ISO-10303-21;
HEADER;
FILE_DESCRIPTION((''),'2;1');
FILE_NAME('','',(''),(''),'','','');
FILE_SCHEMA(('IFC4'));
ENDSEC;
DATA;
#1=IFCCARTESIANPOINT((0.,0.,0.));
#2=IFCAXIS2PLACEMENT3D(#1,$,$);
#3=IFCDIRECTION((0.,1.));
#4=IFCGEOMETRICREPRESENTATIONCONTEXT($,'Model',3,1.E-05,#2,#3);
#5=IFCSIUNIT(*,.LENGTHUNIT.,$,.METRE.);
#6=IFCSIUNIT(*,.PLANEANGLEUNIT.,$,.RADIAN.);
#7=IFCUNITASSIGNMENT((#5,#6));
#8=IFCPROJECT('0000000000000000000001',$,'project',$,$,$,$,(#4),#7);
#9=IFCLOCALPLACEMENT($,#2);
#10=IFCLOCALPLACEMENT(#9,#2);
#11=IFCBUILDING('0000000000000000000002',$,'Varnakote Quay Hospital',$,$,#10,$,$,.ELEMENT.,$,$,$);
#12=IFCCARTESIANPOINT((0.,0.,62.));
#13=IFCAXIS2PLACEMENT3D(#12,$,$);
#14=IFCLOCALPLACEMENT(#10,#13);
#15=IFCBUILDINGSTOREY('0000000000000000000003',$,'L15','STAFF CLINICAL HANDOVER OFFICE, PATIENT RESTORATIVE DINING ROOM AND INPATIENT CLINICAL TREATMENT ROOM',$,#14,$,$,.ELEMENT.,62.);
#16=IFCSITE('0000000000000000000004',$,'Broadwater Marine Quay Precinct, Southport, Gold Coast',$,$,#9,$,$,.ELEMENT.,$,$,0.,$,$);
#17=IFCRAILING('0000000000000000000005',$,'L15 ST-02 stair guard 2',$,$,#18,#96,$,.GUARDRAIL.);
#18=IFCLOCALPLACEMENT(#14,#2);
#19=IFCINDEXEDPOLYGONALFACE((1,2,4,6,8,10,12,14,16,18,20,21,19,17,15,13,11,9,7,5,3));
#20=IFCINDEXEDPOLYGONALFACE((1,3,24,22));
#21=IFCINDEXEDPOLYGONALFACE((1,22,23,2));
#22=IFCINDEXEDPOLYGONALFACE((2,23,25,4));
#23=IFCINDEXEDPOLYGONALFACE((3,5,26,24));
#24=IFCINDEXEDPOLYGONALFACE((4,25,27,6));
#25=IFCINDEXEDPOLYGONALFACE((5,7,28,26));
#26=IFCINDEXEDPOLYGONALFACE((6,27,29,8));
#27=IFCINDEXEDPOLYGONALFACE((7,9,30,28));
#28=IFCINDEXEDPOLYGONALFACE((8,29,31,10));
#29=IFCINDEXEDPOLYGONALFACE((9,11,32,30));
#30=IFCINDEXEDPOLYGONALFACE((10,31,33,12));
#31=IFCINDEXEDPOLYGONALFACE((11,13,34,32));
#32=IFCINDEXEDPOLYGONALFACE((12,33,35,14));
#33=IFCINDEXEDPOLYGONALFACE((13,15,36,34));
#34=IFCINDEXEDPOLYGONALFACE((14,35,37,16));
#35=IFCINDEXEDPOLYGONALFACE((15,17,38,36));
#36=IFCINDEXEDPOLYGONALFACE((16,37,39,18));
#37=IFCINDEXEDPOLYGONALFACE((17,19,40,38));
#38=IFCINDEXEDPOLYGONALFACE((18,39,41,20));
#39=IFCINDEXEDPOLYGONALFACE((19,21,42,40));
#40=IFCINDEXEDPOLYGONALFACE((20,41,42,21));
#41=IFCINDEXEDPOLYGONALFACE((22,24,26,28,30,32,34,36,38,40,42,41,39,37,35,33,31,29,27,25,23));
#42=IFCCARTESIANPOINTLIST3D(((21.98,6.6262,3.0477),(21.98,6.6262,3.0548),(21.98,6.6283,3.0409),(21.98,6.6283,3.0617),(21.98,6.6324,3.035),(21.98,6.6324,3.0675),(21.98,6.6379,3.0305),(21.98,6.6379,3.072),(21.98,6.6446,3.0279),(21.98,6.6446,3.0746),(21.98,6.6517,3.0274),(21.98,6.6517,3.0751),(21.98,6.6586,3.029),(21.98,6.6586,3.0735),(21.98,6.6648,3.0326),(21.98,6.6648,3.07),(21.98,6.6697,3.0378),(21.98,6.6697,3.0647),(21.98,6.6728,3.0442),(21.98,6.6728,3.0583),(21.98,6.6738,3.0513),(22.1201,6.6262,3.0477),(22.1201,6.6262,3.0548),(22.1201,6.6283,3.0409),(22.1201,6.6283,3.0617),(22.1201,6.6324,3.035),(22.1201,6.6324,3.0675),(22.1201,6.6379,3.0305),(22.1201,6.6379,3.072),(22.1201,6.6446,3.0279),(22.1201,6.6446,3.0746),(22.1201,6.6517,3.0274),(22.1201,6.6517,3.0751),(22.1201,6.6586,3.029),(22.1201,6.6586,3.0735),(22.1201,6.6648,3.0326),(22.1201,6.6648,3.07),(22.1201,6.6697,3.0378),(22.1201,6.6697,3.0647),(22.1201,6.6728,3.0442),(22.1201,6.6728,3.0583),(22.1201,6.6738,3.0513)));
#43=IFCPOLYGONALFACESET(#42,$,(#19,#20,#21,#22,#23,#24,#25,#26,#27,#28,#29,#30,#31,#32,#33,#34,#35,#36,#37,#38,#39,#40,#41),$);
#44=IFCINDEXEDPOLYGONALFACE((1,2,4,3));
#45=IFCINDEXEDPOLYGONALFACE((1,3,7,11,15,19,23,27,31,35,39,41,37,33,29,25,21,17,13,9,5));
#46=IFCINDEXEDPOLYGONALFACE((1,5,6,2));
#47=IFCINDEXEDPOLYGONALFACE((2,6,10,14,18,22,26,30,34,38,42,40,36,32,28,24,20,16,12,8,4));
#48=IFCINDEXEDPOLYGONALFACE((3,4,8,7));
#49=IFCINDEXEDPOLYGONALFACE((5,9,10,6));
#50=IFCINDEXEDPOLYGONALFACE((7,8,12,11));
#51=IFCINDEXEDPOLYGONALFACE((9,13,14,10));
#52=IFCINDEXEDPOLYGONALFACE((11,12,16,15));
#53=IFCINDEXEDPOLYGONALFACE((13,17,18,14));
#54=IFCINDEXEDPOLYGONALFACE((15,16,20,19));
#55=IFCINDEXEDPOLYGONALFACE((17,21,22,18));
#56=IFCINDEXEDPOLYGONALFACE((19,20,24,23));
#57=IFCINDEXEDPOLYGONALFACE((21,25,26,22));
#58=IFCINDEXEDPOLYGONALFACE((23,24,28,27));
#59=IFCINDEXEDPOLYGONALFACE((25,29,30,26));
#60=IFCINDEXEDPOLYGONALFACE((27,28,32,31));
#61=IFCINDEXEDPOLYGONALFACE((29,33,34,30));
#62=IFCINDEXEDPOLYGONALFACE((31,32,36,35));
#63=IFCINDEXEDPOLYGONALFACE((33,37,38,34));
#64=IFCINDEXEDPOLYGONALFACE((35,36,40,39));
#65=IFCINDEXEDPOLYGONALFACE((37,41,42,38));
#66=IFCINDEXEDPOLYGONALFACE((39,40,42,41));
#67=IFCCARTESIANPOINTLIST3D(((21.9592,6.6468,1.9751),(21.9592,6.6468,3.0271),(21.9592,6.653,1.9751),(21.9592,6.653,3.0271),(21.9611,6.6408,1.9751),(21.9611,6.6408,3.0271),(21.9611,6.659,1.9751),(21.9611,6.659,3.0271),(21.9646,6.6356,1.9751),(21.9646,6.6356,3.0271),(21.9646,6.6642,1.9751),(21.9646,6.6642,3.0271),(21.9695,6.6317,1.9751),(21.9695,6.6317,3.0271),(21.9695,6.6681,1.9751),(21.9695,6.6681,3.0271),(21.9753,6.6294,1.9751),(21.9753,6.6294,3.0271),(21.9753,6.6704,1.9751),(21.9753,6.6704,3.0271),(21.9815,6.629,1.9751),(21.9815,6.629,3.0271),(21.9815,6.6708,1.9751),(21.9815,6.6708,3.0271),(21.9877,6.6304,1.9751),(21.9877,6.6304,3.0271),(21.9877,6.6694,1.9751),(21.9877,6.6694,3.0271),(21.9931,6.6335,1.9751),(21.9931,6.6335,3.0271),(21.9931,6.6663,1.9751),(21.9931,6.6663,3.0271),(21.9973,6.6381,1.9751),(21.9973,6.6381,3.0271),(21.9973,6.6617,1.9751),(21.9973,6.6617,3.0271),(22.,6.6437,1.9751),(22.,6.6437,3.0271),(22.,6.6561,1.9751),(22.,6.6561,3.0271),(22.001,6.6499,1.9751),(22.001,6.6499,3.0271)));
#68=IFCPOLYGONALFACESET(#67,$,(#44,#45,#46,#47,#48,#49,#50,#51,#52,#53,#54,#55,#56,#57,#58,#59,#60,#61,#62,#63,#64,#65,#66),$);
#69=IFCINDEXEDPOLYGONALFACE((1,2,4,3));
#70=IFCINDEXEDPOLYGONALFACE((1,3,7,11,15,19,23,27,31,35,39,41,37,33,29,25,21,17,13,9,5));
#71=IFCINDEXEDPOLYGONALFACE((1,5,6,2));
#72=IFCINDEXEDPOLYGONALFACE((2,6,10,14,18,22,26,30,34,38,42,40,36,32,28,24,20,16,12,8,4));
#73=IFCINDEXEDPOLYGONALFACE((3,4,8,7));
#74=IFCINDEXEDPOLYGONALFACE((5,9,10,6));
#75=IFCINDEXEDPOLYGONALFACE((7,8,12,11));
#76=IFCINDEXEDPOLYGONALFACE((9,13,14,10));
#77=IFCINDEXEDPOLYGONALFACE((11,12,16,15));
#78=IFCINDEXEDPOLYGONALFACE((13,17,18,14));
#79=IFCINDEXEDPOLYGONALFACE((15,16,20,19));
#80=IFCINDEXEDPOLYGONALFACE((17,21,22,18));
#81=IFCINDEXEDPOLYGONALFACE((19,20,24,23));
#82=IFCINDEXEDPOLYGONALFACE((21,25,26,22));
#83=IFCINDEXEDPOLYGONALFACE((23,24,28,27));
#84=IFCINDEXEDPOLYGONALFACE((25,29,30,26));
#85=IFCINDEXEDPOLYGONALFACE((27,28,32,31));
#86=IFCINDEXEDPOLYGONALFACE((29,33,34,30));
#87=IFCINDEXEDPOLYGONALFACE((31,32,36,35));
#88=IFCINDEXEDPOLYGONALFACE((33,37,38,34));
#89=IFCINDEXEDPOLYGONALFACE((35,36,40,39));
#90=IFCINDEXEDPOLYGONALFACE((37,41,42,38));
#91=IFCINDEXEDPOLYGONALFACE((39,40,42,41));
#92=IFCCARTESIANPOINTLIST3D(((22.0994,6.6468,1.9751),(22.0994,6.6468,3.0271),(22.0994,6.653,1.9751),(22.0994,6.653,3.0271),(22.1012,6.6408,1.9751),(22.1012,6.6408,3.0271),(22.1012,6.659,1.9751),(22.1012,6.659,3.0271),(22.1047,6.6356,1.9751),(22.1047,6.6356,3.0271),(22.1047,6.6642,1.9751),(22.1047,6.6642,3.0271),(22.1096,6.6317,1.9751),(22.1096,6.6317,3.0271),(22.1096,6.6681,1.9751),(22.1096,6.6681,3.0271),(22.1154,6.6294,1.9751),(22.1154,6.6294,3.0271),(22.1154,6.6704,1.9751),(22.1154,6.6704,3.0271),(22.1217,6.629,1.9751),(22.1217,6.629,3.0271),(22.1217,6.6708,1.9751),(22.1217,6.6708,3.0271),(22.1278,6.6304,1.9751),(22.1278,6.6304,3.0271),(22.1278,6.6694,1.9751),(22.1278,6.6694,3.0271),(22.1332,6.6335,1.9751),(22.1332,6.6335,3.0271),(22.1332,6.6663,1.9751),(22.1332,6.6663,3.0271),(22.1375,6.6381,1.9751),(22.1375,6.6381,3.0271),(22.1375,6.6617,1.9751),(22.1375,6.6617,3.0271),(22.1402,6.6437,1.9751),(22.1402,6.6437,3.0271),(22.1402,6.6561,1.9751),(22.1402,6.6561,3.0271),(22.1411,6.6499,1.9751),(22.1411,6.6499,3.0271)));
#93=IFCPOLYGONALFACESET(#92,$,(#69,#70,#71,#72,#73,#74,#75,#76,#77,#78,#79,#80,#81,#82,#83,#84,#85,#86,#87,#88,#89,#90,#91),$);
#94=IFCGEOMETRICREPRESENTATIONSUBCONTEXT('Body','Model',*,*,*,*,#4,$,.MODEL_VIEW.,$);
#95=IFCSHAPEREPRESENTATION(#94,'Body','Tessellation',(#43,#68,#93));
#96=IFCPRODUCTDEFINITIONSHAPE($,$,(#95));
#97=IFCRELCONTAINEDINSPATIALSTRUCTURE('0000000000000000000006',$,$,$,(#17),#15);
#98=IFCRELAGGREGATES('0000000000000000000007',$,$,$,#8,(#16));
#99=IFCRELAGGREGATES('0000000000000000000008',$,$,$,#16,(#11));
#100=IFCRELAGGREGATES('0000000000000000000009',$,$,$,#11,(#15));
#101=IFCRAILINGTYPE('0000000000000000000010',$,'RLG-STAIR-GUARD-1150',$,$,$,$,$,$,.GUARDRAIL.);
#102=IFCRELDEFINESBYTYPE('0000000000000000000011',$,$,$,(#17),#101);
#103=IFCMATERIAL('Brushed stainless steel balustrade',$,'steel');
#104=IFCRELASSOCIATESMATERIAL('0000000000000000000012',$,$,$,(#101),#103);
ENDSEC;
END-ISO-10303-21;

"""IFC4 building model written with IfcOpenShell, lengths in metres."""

from ifc_helpers import new_model, si_unit, direction, frame, origin, origin_2d, place, context, subcontext, project, spatial, circle, extrude, material, type_object, element, save


model = new_model("IFC4")

# Units and contexts
model_context = context("Model", 3, precision=1e-05, world=origin(), true_north=direction((0.0, 1.0)))
body_context = subcontext(model_context, "Body", "Model", "MODEL_VIEW")
ifc_project = project(units=[si_unit("LENGTHUNIT", "METRE"), si_unit("PLANEANGLEUNIT", "RADIAN")], contexts=[model_context])

# Site, building, storey
site_placement = place(None, origin())
site = spatial("IfcSite", under=ifc_project, at=site_placement, Name="Broadwater Marine Quay Precinct, Southport, Gold Coast", CompositionType="ELEMENT", RefElevation=0.0)
building_placement = place(site_placement, origin())
building = spatial("IfcBuilding", under=site, at=building_placement, Name="Varnakote Quay Hospital", CompositionType="ELEMENT")
storey_placement = place(building_placement, frame((0.0, 0.0, 62.0)))
storey = spatial("IfcBuildingStorey", under=building, at=storey_placement, Name="L15", Description="STAFF CLINICAL HANDOVER OFFICE, PATIENT RESTORATIVE DINING ROOM AND INPATIENT CLINICAL TREATMENT ROOM", CompositionType="ELEMENT", Elevation=62.0)

# Railing
ifc_material_1 = material(Name="Brushed stainless steel balustrade", Category="steel")
railing_type_1 = type_object("IfcRailingType", Name="RLG-STAIR-GUARD-1150", PredefinedType="GUARDRAIL", material=ifc_material_1)
railing_1_placement = place(storey_placement, frame((21.98, 6.6499, 1.9751)))
element("IfcRailing", 1, at=railing_1_placement, inside=storey, type_object=railing_type_1, Name="L15 ST-02 stair guard 2", PredefinedType="GUARDRAIL", context=body_context, shape_type="SweptSolid", body=[
    extrude(circle(Radius=0.0239, at=origin_2d()), frame((0.0, 0.0, 1.0762), z_axis=(1.0, 0.0, 0.0), x_axis=(0.0, 1.0, 0.0)), (0.0, 0.0, 1.0), 0.1401),
    extrude(circle(Radius=0.021, at=origin_2d()), origin(), (0.0, 0.0, 1.0), 1.052),
    extrude(circle(Radius=0.021, at=origin_2d()), frame((0.1401, 0.0, 0.0)), (0.0, 0.0, 1.0), 1.052),
])

save(model, "model.ifc")
